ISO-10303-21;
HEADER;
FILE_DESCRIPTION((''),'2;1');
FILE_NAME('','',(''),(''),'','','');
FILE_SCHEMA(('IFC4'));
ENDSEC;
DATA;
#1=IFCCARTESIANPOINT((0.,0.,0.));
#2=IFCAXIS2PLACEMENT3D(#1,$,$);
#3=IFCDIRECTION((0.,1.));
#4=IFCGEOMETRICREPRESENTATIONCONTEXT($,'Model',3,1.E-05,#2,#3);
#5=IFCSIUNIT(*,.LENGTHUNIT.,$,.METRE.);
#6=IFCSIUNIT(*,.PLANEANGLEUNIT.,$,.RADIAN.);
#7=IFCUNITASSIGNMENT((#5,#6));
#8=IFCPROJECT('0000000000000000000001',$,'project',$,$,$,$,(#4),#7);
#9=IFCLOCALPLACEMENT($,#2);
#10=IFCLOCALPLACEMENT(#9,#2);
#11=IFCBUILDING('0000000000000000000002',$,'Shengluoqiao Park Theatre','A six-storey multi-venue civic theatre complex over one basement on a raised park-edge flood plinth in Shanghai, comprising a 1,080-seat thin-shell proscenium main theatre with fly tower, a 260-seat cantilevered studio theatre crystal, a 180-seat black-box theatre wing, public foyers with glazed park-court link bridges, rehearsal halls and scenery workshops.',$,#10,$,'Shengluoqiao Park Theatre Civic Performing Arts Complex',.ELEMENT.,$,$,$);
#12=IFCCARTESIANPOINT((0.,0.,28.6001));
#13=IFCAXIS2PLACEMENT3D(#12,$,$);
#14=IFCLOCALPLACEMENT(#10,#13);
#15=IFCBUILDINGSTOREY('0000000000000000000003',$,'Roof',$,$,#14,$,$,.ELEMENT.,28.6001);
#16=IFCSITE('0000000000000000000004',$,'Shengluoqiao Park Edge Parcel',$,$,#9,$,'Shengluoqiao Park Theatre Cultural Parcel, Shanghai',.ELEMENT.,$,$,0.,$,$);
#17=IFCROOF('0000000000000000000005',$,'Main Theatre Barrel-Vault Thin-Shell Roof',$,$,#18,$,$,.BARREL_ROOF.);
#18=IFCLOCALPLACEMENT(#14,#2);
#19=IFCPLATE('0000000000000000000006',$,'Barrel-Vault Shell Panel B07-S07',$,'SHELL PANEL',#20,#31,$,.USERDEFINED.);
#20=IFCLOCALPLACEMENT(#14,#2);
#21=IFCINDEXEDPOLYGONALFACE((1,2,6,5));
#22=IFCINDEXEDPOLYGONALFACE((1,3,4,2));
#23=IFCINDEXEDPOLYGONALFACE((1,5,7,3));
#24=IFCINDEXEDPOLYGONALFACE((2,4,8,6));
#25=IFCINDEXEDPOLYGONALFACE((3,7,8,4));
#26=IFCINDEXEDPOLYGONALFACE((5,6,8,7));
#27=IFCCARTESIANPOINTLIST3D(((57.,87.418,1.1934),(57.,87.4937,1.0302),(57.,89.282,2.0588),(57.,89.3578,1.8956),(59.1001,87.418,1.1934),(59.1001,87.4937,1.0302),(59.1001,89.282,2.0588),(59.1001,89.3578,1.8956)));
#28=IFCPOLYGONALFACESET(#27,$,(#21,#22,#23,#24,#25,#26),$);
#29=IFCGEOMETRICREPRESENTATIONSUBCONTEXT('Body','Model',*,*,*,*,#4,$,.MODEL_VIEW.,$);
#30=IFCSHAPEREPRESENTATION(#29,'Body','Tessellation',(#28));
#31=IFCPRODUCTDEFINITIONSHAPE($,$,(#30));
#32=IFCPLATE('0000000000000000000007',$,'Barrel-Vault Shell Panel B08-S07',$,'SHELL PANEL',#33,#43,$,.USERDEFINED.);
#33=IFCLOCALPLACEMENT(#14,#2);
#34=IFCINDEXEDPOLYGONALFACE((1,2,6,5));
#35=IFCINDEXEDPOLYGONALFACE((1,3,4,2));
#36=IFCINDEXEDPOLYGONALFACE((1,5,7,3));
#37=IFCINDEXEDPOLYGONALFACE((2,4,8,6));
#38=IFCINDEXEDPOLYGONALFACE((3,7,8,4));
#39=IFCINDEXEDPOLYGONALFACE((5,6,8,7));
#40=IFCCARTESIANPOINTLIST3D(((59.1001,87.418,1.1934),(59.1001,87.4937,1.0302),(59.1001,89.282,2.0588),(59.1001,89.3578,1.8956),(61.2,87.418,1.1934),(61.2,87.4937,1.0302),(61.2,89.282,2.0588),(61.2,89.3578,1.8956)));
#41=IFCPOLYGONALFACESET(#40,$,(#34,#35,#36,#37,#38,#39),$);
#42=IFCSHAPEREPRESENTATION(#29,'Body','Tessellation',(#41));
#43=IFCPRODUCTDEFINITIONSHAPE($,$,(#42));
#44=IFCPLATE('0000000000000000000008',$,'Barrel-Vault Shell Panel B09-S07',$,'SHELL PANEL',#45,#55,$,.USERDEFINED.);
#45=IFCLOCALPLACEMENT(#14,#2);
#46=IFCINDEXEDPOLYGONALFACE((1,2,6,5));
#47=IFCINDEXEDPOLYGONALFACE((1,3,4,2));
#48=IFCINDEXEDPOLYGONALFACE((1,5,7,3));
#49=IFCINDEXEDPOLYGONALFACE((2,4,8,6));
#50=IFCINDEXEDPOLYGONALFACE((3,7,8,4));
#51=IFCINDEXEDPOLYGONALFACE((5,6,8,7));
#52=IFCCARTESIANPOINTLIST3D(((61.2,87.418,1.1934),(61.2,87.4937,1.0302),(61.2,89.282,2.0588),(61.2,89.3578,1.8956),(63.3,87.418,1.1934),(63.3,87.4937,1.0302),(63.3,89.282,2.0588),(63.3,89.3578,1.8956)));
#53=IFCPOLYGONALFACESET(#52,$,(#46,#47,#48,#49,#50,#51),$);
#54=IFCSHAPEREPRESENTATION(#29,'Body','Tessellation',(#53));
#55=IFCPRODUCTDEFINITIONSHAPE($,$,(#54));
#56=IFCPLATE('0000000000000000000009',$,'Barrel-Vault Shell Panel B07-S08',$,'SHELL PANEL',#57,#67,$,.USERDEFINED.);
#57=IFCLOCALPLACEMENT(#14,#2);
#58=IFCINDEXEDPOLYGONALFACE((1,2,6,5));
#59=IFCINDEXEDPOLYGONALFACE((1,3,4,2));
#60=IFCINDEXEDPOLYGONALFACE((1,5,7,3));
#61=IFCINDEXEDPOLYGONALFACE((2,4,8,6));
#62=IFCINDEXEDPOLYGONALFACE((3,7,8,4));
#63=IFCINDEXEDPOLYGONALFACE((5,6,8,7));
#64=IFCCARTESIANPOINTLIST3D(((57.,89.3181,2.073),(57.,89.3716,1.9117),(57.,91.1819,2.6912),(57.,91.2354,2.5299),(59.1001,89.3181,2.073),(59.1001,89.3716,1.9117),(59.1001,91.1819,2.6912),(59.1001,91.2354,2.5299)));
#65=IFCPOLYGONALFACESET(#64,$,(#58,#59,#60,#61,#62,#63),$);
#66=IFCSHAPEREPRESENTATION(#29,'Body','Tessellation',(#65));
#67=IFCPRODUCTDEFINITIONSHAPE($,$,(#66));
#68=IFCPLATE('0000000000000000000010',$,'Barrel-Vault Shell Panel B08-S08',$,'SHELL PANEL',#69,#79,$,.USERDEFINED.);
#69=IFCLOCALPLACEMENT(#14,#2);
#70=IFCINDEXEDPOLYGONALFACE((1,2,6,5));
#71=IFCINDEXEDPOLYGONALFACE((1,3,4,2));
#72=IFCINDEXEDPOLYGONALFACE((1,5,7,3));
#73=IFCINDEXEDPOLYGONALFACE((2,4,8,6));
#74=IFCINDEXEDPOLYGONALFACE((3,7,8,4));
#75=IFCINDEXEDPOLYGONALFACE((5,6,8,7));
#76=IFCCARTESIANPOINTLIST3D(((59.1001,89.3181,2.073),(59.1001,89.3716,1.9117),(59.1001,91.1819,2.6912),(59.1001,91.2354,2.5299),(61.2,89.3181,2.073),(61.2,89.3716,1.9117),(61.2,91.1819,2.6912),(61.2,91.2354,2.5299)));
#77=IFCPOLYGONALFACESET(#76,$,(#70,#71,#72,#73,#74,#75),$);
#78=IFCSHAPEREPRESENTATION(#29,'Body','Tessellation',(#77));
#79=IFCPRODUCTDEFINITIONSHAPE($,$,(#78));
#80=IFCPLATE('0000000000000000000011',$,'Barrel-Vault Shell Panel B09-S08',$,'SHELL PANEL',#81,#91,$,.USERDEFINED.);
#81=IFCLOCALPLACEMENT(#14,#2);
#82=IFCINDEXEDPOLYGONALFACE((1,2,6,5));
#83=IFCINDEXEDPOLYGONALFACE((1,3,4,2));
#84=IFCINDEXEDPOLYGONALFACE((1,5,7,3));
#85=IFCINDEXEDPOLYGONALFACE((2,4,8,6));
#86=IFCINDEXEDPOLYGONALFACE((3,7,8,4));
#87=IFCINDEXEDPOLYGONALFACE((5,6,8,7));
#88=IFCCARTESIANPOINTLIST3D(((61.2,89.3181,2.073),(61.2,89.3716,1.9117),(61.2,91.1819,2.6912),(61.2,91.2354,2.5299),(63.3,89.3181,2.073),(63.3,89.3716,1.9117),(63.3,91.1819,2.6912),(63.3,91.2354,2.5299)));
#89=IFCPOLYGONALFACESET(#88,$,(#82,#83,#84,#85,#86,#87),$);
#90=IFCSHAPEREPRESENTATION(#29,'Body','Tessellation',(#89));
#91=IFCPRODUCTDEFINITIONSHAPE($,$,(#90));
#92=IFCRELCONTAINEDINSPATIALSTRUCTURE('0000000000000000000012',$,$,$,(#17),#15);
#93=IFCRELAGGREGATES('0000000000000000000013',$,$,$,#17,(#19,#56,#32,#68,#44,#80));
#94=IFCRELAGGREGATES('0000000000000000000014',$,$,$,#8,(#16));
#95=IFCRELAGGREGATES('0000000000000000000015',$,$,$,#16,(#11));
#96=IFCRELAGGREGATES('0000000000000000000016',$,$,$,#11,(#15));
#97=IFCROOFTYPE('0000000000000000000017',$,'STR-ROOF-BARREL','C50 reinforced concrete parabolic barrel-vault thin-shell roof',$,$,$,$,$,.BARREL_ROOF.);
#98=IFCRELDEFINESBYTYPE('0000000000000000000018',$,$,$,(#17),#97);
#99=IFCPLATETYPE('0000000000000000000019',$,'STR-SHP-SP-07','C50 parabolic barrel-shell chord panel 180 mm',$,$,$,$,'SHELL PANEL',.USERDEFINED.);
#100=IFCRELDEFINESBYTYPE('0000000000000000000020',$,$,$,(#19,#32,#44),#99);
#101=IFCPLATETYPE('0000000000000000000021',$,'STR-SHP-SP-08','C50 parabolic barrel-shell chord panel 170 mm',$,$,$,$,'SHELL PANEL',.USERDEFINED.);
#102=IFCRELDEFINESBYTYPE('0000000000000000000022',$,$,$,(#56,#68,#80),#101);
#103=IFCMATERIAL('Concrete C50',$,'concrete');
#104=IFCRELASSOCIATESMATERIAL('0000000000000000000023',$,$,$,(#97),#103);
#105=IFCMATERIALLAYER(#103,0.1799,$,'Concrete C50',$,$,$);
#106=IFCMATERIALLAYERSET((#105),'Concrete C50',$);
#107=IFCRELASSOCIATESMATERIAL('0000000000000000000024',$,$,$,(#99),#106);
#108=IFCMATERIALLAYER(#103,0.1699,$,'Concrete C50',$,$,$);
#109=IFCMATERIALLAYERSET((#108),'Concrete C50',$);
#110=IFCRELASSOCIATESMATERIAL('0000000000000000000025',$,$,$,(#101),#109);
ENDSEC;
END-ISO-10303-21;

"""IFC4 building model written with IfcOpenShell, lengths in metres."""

from ifc_helpers import new_model, si_unit, direction, frame, origin, place, context, subcontext, project, spatial, polyline, outline, extrude, material, layer, layer_set, type_object, element, aggregate, save


model = new_model("IFC4")

# Units and contexts
model_context = context("Model", 3, precision=1e-05, world=origin(), true_north=direction((0.0, 1.0)))
body_context = subcontext(model_context, "Body", "Model", "MODEL_VIEW")
ifc_project = project(units=[si_unit("LENGTHUNIT", "METRE"), si_unit("PLANEANGLEUNIT", "RADIAN")], contexts=[model_context])

# Site, building, storey
site_placement = place(None, origin())
site = spatial("IfcSite", under=ifc_project, at=site_placement, Name="Shengluoqiao Park Edge Parcel", LongName="Shengluoqiao Park Theatre Cultural Parcel, Shanghai", CompositionType="ELEMENT", RefElevation=0.0)
building_placement = place(site_placement, origin())
building = spatial("IfcBuilding", under=site, at=building_placement, Name="Shengluoqiao Park Theatre", Description="A six-storey multi-venue civic theatre complex over one basement on a raised park-edge flood plinth in Shanghai, comprising a 1,080-seat thin-shell proscenium main theatre with fly tower, a 260-seat cantilevered studio theatre crystal, a 180-seat black-box theatre wing, public foyers with glazed park-court link bridges, rehearsal halls and scenery workshops.", LongName="Shengluoqiao Park Theatre Civic Performing Arts Complex", CompositionType="ELEMENT")
storey_placement = place(building_placement, frame((0.0, 0.0, 28.6001)))
storey = spatial("IfcBuildingStorey", under=building, at=storey_placement, Name="Roof", CompositionType="ELEMENT", Elevation=28.6001)

# Shared definitions
ifc_material_1 = material(Name="Concrete C50", Category="concrete")

# Roof, plates
roof_type = type_object("IfcRoofType", Name="STR-ROOF-BARREL", Description="C50 reinforced concrete parabolic barrel-vault thin-shell roof", PredefinedType="BARREL_ROOF", material=ifc_material_1)
roof_placement = place(storey_placement, origin())
roof = element("IfcRoof", 1, at=roof_placement, inside=storey, type_object=roof_type, Name="Main Theatre Barrel-Vault Thin-Shell Roof", PredefinedType="BARREL_ROOF")
ifc_layer_1 = layer(ifc_material_1, 0.1799, Name="Concrete C50")
ifc_layer_set_1 = layer_set([ifc_layer_1], Name="Concrete C50")
plate_type_1 = type_object("IfcPlateType", Name="STR-SHP-SP-07", Description="C50 parabolic barrel-shell chord panel 180 mm", ElementType="SHELL PANEL", PredefinedType="USERDEFINED", material=ifc_layer_set_1)
plate_1_placement = place(storey_placement, frame((57.0, 87.418, 1.1934), z_axis=(0.0, -0.421129, 0.907001), x_axis=(1.0, 0.0, 0.0)))
plate_1 = element("IfcPlate", 2, at=plate_1_placement, type_object=plate_type_1, Name="Barrel-Vault Shell Panel B07-S07", ObjectType="SHELL PANEL", PredefinedType="USERDEFINED", context=body_context, shape_type="SweptSolid", body=[
    extrude(outline(polyline([(0.0, 0.0), (2.1001, 0.0), (2.1001, 2.0551), (0.0, 2.0551), (0.0, 0.0)])), origin(), (0.0, 0.0, -1.0), 0.1799),
])
plate_2_placement = place(storey_placement, frame((59.1001, 87.418, 1.1934), z_axis=(0.0, -0.421129, 0.907001), x_axis=(1.0, 0.0, 0.0)))
plate_2 = element("IfcPlate", 3, at=plate_2_placement, type_object=plate_type_1, Name="Barrel-Vault Shell Panel B08-S07", ObjectType="SHELL PANEL", PredefinedType="USERDEFINED", context=body_context, shape_type="SweptSolid", body=[
    extrude(outline(polyline([(0.0, 0.0), (2.0999, 0.0), (2.0999, 2.0551), (0.0, 2.0551), (0.0, 0.0)])), origin(), (0.0, 0.0, -1.0), 0.1799),
])
plate_3_placement = place(storey_placement, frame((61.2, 87.418, 1.1934), z_axis=(0.0, -0.421129, 0.907001), x_axis=(1.0, 0.0, 0.0)))
plate_3 = element("IfcPlate", 4, at=plate_3_placement, type_object=plate_type_1, Name="Barrel-Vault Shell Panel B09-S07", ObjectType="SHELL PANEL", PredefinedType="USERDEFINED", context=body_context, shape_type="SweptSolid", body=[
    extrude(outline(polyline([(0.0, 0.0), (2.1001, 0.0), (2.1001, 2.0551), (0.0, 2.0551), (0.0, 0.0)])), origin(), (0.0, 0.0, -1.0), 0.1799),
])
ifc_layer_2 = layer(ifc_material_1, 0.1699, Name="Concrete C50")
ifc_layer_set_2 = layer_set([ifc_layer_2], Name="Concrete C50")
plate_type_2 = type_object("IfcPlateType", Name="STR-SHP-SP-08", Description="C50 parabolic barrel-shell chord panel 170 mm", ElementType="SHELL PANEL", PredefinedType="USERDEFINED", material=ifc_layer_set_2)
plate_4_placement = place(storey_placement, frame((57.0, 89.3181, 2.073), z_axis=(0.0, -0.31481, 0.949155), x_axis=(1.0, 0.0, 0.0)))
plate_4 = element("IfcPlate", 5, at=plate_4_placement, type_object=plate_type_2, Name="Barrel-Vault Shell Panel B07-S08", ObjectType="SHELL PANEL", PredefinedType="USERDEFINED", context=body_context, shape_type="SweptSolid", body=[
    extrude(outline(polyline([(0.0, 0.0), (2.1001, 0.0), (2.1001, 1.9636), (0.0, 1.9636), (0.0, 0.0)])), origin(), (0.0, 0.0, -1.0), 0.1699),
])
plate_5_placement = place(storey_placement, frame((59.1001, 89.3181, 2.073), z_axis=(0.0, -0.31481, 0.949155), x_axis=(1.0, 0.0, 0.0)))
plate_5 = element("IfcPlate", 6, at=plate_5_placement, type_object=plate_type_2, Name="Barrel-Vault Shell Panel B08-S08", ObjectType="SHELL PANEL", PredefinedType="USERDEFINED", context=body_context, shape_type="SweptSolid", body=[
    extrude(outline(polyline([(0.0, 0.0), (2.0999, 0.0), (2.0999, 1.9636), (0.0, 1.9636), (0.0, 0.0)])), origin(), (0.0, 0.0, -1.0), 0.1699),
])
plate_6_placement = place(storey_placement, frame((61.2, 89.3181, 2.073), z_axis=(0.0, -0.31481, 0.949155), x_axis=(1.0, 0.0, 0.0)))
plate_6 = element("IfcPlate", 7, at=plate_6_placement, type_object=plate_type_2, Name="Barrel-Vault Shell Panel B09-S08", ObjectType="SHELL PANEL", PredefinedType="USERDEFINED", context=body_context, shape_type="SweptSolid", body=[
    extrude(outline(polyline([(0.0, 0.0), (2.1001, 0.0), (2.1001, 1.9636), (0.0, 1.9636), (0.0, 0.0)])), origin(), (0.0, 0.0, -1.0), 0.1699),
])
aggregate(roof, [plate_1, plate_4, plate_2, plate_5, plate_3, plate_6])

save(model, "model.ifc")
